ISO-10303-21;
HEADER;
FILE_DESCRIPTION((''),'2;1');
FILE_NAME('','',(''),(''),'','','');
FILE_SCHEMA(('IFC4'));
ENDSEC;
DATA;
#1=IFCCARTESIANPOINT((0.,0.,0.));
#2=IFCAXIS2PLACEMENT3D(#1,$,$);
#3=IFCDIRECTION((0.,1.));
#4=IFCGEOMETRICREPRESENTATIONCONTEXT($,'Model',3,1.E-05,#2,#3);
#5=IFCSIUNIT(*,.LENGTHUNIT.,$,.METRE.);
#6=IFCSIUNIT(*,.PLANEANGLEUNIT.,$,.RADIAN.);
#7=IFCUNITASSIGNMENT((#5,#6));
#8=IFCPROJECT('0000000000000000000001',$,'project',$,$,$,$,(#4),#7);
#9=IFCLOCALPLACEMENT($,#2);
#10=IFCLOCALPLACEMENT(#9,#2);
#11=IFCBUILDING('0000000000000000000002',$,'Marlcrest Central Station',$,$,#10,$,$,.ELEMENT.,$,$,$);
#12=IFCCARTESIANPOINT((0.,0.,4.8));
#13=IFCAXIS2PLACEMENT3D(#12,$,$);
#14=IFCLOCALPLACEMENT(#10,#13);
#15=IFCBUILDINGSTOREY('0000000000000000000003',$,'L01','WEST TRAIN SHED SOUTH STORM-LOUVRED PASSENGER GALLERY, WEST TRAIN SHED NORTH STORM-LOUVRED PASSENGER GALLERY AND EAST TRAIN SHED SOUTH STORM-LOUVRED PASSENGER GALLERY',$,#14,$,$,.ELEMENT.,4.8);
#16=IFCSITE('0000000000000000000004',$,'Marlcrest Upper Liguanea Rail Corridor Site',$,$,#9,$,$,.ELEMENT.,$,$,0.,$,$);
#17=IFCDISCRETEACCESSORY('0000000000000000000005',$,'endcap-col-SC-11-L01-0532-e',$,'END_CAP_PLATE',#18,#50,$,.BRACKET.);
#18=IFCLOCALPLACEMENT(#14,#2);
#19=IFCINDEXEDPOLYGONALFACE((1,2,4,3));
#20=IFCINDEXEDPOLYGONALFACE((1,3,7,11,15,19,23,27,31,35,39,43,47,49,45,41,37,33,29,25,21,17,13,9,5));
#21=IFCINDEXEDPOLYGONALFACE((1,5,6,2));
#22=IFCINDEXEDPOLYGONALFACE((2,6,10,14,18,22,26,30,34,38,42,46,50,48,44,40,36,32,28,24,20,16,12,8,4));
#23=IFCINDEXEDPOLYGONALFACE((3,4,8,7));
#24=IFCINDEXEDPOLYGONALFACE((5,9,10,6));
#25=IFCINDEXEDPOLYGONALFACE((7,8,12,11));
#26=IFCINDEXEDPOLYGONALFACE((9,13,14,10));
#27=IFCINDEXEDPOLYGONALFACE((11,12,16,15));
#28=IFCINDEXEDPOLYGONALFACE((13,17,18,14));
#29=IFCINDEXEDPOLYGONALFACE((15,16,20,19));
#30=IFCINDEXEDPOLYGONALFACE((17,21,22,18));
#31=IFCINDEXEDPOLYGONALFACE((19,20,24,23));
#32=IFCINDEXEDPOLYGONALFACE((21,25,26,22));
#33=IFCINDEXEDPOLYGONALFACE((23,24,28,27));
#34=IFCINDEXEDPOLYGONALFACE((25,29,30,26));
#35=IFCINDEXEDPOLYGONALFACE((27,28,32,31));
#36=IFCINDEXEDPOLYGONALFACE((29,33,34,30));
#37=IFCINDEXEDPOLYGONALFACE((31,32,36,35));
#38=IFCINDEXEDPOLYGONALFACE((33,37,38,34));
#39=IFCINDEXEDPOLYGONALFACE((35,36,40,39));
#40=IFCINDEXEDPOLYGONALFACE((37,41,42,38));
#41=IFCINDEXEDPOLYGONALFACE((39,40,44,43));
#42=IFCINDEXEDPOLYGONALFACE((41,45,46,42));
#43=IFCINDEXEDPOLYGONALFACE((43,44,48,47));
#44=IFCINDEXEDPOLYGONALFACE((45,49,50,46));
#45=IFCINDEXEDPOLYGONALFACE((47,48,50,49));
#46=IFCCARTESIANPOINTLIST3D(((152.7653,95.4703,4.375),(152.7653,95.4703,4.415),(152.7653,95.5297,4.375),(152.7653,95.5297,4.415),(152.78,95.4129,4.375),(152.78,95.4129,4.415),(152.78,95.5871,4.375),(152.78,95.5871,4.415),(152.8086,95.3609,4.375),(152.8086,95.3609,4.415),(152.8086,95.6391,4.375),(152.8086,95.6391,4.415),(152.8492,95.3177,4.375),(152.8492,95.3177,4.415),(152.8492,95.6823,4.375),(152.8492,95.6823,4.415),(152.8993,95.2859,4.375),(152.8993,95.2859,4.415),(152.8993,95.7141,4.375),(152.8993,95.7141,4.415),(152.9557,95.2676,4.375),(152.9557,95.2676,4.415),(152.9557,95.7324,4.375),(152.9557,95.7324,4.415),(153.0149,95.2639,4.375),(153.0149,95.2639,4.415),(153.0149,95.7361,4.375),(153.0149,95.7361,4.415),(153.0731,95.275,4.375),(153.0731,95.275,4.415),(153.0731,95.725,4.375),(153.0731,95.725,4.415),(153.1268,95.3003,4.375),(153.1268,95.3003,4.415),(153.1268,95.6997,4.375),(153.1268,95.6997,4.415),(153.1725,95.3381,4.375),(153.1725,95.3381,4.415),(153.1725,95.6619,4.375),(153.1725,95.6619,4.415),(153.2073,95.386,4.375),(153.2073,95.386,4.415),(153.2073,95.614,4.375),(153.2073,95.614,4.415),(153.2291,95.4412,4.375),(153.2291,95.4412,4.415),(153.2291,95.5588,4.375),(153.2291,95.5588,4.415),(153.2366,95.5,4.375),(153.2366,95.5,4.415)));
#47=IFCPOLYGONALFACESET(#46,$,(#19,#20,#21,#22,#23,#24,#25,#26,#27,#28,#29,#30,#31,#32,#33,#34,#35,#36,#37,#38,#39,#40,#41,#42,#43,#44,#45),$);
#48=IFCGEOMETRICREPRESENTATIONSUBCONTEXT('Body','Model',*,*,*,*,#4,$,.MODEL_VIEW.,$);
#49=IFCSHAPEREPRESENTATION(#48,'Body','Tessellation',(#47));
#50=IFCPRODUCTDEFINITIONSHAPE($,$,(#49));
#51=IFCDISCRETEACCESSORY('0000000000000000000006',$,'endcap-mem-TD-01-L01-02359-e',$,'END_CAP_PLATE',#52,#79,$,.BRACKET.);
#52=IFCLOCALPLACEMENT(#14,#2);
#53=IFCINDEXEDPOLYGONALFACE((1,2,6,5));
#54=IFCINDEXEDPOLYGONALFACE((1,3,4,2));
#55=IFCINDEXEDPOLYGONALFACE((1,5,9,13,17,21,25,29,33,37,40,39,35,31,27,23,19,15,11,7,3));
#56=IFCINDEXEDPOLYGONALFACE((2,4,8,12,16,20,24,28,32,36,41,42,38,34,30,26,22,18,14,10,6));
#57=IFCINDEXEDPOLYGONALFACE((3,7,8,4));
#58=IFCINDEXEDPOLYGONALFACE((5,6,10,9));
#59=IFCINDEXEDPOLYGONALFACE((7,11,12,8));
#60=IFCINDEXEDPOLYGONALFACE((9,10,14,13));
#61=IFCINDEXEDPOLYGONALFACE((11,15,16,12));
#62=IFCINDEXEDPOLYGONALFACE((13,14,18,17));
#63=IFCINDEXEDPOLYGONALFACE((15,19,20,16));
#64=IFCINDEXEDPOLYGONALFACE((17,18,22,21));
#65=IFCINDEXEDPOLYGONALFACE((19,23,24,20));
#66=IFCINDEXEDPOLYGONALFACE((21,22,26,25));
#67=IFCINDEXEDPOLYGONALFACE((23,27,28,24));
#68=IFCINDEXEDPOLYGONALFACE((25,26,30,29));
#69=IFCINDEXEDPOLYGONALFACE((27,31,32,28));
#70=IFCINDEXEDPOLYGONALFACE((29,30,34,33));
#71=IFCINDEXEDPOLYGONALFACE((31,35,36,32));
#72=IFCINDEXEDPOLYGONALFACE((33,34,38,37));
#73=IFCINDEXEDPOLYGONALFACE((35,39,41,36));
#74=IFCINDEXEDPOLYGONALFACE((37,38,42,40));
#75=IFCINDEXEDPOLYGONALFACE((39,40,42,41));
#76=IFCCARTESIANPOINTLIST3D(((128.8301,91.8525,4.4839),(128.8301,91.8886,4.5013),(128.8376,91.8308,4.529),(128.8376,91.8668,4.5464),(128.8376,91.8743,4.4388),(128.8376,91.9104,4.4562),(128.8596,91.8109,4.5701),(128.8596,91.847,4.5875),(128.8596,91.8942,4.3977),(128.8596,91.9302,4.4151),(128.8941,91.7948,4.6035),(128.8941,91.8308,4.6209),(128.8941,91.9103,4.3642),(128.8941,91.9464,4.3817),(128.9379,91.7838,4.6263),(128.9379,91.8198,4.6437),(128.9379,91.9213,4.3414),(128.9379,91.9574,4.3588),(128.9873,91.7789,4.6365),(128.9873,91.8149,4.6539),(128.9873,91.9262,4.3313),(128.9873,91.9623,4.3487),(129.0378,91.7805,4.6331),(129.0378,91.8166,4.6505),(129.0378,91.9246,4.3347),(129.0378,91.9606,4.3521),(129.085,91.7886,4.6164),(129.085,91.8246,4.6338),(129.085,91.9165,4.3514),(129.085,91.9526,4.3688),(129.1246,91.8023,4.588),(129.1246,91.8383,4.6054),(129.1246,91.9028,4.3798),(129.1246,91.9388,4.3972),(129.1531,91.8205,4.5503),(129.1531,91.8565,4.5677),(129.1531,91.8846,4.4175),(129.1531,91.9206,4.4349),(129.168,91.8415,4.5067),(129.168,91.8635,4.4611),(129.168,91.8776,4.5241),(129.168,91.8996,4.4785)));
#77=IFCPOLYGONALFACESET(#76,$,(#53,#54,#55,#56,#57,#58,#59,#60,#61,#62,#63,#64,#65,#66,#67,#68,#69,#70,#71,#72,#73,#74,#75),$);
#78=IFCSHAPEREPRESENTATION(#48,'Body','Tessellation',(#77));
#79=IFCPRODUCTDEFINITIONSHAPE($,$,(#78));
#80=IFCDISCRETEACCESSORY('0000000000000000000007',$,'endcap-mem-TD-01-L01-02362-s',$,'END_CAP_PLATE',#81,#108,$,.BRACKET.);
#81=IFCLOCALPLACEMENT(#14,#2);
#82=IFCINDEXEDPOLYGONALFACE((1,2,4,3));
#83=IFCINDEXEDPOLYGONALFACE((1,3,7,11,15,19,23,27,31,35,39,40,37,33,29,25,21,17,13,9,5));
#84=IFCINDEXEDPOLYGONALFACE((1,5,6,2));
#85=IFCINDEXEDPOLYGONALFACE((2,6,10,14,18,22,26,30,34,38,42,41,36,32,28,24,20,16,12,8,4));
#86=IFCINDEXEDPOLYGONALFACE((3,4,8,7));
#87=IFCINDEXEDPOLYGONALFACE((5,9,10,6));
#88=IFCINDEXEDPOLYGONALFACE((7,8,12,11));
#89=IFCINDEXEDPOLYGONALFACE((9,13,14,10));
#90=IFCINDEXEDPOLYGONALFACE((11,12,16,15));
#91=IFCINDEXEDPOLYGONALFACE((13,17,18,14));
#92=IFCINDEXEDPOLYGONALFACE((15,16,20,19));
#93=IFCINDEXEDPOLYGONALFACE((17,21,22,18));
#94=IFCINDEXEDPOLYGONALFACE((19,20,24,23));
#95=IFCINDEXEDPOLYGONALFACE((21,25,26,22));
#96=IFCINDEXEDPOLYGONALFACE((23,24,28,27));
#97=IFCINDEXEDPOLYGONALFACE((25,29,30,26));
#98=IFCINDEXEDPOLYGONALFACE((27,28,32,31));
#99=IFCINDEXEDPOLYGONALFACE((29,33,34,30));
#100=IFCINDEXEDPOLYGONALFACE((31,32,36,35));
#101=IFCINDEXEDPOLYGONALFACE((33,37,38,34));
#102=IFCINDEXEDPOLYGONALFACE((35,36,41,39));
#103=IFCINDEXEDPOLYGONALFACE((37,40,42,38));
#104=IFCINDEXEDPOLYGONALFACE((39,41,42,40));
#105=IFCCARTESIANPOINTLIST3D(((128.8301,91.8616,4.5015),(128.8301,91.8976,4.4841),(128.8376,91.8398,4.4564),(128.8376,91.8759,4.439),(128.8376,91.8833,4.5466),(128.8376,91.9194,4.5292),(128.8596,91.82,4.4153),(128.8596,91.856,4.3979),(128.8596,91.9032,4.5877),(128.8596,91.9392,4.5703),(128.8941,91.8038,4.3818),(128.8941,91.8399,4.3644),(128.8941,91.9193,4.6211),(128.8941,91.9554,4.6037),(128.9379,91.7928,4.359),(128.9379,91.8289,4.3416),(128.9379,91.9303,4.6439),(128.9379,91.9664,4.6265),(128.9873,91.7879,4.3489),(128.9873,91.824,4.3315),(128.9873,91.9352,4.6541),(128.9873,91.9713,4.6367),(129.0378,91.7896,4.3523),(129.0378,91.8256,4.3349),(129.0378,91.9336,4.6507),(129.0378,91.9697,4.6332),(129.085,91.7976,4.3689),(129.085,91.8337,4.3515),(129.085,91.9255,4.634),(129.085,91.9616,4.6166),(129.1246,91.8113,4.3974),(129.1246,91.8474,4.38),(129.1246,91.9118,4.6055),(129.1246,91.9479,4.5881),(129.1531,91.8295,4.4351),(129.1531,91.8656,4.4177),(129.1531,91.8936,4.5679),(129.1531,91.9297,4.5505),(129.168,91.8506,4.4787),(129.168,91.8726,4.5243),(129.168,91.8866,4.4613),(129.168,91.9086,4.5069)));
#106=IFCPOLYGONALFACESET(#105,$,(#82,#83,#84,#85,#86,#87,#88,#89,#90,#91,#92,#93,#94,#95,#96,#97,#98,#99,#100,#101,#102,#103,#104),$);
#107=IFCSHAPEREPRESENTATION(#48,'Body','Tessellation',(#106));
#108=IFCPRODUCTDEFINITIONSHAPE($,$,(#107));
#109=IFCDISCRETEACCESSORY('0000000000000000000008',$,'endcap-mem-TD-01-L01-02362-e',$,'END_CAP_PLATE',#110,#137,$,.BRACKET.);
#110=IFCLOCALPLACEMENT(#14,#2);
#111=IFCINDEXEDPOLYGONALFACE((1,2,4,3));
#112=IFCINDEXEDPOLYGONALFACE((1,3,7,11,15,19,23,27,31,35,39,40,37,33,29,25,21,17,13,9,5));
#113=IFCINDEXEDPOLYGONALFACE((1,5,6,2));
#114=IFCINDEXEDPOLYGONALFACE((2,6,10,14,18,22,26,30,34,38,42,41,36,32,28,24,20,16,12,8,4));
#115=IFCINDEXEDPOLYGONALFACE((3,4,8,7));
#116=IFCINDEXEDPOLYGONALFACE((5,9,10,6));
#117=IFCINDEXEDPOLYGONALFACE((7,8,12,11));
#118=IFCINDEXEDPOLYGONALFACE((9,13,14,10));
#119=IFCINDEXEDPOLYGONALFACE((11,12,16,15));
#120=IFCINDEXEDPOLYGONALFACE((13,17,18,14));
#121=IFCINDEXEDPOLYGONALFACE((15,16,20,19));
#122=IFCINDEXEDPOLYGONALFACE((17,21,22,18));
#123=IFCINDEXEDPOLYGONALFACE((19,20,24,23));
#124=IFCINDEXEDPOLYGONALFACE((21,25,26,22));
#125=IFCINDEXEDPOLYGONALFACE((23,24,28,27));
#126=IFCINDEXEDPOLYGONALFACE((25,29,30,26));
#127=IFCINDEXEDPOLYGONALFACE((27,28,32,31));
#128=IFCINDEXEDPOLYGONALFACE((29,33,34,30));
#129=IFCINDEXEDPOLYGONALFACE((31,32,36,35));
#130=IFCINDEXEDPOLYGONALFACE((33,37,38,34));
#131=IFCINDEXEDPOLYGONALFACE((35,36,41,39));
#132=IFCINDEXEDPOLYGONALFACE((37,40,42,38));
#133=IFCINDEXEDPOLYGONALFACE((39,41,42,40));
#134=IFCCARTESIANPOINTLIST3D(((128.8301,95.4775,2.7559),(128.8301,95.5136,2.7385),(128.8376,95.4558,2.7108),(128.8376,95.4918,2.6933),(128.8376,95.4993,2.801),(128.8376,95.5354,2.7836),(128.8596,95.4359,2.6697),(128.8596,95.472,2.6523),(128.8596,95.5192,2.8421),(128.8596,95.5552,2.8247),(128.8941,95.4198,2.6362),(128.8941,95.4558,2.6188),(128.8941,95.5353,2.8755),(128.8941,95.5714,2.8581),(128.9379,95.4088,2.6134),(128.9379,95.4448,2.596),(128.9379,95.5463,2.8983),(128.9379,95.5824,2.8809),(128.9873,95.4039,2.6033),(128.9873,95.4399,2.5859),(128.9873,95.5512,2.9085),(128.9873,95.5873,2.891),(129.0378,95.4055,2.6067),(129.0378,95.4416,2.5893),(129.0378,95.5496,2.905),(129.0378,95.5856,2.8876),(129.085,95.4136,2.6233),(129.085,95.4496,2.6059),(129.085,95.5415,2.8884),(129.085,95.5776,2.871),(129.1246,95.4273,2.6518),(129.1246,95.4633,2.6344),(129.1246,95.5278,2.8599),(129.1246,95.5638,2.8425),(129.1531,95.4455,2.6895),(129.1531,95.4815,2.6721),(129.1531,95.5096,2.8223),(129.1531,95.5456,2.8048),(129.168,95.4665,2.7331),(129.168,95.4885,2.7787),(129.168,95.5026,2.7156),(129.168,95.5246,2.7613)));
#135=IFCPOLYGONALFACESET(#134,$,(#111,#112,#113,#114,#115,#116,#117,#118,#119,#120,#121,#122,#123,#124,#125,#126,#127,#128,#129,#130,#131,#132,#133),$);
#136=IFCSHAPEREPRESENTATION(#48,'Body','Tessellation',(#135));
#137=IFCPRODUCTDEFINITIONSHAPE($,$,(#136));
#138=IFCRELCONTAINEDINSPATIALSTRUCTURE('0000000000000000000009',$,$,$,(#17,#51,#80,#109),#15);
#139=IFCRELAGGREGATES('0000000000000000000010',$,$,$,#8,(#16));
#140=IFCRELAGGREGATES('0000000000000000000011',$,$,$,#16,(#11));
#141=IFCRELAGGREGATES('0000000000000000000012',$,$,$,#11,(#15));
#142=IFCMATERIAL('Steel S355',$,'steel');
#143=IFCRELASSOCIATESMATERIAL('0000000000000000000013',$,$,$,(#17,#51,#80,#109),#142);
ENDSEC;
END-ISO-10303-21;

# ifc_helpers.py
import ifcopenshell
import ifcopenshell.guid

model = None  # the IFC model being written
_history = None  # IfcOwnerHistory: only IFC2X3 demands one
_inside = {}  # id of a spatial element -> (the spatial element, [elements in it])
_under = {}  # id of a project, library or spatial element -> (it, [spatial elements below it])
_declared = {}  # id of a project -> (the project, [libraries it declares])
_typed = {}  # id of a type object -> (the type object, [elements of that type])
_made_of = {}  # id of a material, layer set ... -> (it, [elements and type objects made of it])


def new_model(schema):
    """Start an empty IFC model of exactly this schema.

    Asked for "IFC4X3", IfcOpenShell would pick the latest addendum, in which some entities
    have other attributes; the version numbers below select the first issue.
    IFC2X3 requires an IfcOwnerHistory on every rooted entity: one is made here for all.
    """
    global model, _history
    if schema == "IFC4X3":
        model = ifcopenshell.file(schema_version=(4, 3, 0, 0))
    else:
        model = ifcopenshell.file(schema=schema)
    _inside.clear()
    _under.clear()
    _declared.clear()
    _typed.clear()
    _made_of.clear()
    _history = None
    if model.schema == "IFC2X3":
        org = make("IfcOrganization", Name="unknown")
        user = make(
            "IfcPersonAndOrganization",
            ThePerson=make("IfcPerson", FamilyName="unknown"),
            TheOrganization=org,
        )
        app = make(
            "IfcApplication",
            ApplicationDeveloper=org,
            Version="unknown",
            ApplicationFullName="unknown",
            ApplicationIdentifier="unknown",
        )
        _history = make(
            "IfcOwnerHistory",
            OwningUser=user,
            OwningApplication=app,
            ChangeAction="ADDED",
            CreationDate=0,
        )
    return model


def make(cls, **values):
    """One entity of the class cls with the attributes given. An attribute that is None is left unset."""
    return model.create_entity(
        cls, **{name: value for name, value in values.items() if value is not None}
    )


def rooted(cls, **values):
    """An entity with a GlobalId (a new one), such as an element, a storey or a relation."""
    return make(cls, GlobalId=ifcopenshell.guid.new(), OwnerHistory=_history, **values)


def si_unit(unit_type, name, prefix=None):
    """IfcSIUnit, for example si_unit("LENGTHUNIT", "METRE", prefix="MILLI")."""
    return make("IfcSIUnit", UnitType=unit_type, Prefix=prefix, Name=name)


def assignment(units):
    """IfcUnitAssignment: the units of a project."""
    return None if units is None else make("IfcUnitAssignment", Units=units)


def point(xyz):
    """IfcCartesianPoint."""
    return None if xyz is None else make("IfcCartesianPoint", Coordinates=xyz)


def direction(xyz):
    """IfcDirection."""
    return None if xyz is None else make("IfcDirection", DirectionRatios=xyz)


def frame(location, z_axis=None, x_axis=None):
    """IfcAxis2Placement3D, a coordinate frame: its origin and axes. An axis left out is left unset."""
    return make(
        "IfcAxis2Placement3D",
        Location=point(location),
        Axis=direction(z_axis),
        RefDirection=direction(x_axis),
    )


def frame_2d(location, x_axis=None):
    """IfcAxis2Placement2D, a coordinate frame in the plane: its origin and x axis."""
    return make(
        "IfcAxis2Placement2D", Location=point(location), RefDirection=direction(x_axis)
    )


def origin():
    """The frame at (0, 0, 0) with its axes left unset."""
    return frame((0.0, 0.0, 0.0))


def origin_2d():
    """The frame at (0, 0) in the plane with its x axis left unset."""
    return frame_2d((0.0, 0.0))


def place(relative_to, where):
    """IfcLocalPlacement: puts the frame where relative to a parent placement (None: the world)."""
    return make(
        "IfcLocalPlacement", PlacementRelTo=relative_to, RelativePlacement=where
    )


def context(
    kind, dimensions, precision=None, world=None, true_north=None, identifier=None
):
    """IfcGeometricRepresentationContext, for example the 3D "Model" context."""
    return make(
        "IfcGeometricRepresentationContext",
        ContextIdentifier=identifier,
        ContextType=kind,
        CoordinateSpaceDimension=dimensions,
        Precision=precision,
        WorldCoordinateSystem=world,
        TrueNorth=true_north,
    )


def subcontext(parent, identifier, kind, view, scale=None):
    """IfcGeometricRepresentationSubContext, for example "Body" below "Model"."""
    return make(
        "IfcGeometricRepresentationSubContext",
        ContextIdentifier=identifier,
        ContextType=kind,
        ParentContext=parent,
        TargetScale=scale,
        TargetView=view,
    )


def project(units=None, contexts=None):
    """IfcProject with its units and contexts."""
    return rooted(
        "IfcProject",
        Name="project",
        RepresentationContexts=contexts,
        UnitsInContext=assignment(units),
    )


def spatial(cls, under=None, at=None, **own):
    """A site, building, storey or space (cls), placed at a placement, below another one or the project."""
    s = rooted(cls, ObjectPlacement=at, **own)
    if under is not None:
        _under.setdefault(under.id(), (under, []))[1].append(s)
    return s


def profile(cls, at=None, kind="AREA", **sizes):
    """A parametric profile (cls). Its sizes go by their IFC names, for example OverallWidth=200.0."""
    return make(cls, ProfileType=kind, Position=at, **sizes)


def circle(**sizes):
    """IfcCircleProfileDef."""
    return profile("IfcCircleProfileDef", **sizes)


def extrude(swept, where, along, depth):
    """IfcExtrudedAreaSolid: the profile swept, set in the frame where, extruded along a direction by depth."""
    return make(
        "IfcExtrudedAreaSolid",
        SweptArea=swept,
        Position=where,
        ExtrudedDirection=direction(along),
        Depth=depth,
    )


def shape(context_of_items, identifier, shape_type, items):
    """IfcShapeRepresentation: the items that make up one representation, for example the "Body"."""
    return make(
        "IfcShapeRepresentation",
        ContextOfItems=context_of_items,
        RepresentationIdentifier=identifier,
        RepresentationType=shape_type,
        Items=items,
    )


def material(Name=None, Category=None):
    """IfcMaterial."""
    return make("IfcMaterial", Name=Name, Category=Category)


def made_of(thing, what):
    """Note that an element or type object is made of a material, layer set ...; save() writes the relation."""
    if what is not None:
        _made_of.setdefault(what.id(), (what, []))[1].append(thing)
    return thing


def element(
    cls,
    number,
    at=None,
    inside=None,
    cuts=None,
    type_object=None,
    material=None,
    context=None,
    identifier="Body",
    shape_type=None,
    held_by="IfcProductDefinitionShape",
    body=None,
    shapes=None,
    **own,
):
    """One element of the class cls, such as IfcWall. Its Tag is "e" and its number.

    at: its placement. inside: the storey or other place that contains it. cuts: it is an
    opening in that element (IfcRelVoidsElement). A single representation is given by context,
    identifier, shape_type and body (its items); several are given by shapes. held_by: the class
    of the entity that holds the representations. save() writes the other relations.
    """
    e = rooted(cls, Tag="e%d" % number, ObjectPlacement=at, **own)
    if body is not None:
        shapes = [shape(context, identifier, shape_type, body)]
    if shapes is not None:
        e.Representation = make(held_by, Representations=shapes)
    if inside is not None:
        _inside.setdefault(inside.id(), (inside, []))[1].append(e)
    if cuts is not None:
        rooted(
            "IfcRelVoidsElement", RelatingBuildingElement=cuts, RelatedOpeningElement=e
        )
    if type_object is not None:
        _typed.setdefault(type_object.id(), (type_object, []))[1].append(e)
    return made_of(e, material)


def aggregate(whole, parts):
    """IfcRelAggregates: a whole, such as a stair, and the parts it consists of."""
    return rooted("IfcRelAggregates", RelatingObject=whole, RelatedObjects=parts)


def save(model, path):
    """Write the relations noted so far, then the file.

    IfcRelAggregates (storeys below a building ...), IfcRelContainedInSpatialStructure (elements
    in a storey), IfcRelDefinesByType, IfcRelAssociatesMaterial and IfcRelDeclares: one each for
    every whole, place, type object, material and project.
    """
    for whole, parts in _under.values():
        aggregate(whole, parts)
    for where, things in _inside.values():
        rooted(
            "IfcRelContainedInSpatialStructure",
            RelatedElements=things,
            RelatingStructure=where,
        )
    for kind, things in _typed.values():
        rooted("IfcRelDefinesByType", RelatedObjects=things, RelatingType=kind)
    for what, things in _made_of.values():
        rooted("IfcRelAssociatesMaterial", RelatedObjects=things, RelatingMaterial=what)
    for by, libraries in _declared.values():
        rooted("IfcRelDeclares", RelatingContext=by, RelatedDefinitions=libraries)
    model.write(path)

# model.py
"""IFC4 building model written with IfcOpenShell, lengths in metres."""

from ifc_helpers import new_model, si_unit, direction, frame, origin, origin_2d, place, context, subcontext, project, spatial, circle, extrude, material, element, save


model = new_model("IFC4")

# Units and contexts
model_context = context("Model", 3, precision=1e-05, world=origin(), true_north=direction((0.0, 1.0)))
body_context = subcontext(model_context, "Body", "Model", "MODEL_VIEW")
ifc_project = project(units=[si_unit("LENGTHUNIT", "METRE"), si_unit("PLANEANGLEUNIT", "RADIAN")], contexts=[model_context])

# Site, building, storey
site_placement = place(None, origin())
site = spatial("IfcSite", under=ifc_project, at=site_placement, Name="Marlcrest Upper Liguanea Rail Corridor Site", CompositionType="ELEMENT", RefElevation=0.0)
building_placement = place(site_placement, origin())
building = spatial("IfcBuilding", under=site, at=building_placement, Name="Marlcrest Central Station", CompositionType="ELEMENT")
storey_placement = place(building_placement, frame((0.0, 0.0, 4.8)))
storey = spatial("IfcBuildingStorey", under=building, at=storey_placement, Name="L01", Description="WEST TRAIN SHED SOUTH STORM-LOUVRED PASSENGER GALLERY, WEST TRAIN SHED NORTH STORM-LOUVRED PASSENGER GALLERY AND EAST TRAIN SHED SOUTH STORM-LOUVRED PASSENGER GALLERY", CompositionType="ELEMENT", Elevation=4.8)

# Shared definitions
ifc_material_1 = material(Name="Steel S355", Category="steel")

# Discrete accessories
for number, where, z_axis, x_axis, name in (
    (1, (153.0, 95.5, 4.375), (0.0, 0.0, 1.0), (1.0, 0.0, 0.0), "endcap-col-SC-11-L01-0532-e"),
):
    element("IfcDiscreteAccessory", number, at=place(storey_placement, frame(where, z_axis=z_axis, x_axis=x_axis)), inside=storey, material=ifc_material_1, Name=name, ObjectType="END_CAP_PLATE", PredefinedType="BRACKET", context=body_context, shape_type="SweptSolid", body=[
        extrude(circle(Radius=0.2366, at=origin_2d()), origin(), (0.0, 0.0, 1.0), 0.04),
    ])
for number, where, z_axis, x_axis, name in (
    (2, (129.0, 91.8525, 4.4839), (0.0, 0.900552, 0.434749), (-1.0, 0.0, 0.0), "endcap-mem-TD-01-L01-02359-e"),
    (3, (129.0, 91.8616, 4.5015), (0.0, 0.900552, -0.434749), (-1.0, 0.0, 0.0), "endcap-mem-TD-01-L01-02362-s"),
    (4, (129.0, 95.4775, 2.7559), (0.0, 0.900552, -0.434749), (-1.0, 0.0, 0.0), "endcap-mem-TD-01-L01-02362-e"),
):
    element("IfcDiscreteAccessory", number, at=place(storey_placement, frame(where, z_axis=z_axis, x_axis=x_axis)), inside=storey, material=ifc_material_1, Name=name, ObjectType="END_CAP_PLATE", PredefinedType="BRACKET", context=body_context, shape_type="SweptSolid", body=[
        extrude(circle(Radius=0.1699, at=origin_2d()), origin(), (0.0, 0.0, 1.0), 0.04),
    ])

save(model, "model.ifc")
